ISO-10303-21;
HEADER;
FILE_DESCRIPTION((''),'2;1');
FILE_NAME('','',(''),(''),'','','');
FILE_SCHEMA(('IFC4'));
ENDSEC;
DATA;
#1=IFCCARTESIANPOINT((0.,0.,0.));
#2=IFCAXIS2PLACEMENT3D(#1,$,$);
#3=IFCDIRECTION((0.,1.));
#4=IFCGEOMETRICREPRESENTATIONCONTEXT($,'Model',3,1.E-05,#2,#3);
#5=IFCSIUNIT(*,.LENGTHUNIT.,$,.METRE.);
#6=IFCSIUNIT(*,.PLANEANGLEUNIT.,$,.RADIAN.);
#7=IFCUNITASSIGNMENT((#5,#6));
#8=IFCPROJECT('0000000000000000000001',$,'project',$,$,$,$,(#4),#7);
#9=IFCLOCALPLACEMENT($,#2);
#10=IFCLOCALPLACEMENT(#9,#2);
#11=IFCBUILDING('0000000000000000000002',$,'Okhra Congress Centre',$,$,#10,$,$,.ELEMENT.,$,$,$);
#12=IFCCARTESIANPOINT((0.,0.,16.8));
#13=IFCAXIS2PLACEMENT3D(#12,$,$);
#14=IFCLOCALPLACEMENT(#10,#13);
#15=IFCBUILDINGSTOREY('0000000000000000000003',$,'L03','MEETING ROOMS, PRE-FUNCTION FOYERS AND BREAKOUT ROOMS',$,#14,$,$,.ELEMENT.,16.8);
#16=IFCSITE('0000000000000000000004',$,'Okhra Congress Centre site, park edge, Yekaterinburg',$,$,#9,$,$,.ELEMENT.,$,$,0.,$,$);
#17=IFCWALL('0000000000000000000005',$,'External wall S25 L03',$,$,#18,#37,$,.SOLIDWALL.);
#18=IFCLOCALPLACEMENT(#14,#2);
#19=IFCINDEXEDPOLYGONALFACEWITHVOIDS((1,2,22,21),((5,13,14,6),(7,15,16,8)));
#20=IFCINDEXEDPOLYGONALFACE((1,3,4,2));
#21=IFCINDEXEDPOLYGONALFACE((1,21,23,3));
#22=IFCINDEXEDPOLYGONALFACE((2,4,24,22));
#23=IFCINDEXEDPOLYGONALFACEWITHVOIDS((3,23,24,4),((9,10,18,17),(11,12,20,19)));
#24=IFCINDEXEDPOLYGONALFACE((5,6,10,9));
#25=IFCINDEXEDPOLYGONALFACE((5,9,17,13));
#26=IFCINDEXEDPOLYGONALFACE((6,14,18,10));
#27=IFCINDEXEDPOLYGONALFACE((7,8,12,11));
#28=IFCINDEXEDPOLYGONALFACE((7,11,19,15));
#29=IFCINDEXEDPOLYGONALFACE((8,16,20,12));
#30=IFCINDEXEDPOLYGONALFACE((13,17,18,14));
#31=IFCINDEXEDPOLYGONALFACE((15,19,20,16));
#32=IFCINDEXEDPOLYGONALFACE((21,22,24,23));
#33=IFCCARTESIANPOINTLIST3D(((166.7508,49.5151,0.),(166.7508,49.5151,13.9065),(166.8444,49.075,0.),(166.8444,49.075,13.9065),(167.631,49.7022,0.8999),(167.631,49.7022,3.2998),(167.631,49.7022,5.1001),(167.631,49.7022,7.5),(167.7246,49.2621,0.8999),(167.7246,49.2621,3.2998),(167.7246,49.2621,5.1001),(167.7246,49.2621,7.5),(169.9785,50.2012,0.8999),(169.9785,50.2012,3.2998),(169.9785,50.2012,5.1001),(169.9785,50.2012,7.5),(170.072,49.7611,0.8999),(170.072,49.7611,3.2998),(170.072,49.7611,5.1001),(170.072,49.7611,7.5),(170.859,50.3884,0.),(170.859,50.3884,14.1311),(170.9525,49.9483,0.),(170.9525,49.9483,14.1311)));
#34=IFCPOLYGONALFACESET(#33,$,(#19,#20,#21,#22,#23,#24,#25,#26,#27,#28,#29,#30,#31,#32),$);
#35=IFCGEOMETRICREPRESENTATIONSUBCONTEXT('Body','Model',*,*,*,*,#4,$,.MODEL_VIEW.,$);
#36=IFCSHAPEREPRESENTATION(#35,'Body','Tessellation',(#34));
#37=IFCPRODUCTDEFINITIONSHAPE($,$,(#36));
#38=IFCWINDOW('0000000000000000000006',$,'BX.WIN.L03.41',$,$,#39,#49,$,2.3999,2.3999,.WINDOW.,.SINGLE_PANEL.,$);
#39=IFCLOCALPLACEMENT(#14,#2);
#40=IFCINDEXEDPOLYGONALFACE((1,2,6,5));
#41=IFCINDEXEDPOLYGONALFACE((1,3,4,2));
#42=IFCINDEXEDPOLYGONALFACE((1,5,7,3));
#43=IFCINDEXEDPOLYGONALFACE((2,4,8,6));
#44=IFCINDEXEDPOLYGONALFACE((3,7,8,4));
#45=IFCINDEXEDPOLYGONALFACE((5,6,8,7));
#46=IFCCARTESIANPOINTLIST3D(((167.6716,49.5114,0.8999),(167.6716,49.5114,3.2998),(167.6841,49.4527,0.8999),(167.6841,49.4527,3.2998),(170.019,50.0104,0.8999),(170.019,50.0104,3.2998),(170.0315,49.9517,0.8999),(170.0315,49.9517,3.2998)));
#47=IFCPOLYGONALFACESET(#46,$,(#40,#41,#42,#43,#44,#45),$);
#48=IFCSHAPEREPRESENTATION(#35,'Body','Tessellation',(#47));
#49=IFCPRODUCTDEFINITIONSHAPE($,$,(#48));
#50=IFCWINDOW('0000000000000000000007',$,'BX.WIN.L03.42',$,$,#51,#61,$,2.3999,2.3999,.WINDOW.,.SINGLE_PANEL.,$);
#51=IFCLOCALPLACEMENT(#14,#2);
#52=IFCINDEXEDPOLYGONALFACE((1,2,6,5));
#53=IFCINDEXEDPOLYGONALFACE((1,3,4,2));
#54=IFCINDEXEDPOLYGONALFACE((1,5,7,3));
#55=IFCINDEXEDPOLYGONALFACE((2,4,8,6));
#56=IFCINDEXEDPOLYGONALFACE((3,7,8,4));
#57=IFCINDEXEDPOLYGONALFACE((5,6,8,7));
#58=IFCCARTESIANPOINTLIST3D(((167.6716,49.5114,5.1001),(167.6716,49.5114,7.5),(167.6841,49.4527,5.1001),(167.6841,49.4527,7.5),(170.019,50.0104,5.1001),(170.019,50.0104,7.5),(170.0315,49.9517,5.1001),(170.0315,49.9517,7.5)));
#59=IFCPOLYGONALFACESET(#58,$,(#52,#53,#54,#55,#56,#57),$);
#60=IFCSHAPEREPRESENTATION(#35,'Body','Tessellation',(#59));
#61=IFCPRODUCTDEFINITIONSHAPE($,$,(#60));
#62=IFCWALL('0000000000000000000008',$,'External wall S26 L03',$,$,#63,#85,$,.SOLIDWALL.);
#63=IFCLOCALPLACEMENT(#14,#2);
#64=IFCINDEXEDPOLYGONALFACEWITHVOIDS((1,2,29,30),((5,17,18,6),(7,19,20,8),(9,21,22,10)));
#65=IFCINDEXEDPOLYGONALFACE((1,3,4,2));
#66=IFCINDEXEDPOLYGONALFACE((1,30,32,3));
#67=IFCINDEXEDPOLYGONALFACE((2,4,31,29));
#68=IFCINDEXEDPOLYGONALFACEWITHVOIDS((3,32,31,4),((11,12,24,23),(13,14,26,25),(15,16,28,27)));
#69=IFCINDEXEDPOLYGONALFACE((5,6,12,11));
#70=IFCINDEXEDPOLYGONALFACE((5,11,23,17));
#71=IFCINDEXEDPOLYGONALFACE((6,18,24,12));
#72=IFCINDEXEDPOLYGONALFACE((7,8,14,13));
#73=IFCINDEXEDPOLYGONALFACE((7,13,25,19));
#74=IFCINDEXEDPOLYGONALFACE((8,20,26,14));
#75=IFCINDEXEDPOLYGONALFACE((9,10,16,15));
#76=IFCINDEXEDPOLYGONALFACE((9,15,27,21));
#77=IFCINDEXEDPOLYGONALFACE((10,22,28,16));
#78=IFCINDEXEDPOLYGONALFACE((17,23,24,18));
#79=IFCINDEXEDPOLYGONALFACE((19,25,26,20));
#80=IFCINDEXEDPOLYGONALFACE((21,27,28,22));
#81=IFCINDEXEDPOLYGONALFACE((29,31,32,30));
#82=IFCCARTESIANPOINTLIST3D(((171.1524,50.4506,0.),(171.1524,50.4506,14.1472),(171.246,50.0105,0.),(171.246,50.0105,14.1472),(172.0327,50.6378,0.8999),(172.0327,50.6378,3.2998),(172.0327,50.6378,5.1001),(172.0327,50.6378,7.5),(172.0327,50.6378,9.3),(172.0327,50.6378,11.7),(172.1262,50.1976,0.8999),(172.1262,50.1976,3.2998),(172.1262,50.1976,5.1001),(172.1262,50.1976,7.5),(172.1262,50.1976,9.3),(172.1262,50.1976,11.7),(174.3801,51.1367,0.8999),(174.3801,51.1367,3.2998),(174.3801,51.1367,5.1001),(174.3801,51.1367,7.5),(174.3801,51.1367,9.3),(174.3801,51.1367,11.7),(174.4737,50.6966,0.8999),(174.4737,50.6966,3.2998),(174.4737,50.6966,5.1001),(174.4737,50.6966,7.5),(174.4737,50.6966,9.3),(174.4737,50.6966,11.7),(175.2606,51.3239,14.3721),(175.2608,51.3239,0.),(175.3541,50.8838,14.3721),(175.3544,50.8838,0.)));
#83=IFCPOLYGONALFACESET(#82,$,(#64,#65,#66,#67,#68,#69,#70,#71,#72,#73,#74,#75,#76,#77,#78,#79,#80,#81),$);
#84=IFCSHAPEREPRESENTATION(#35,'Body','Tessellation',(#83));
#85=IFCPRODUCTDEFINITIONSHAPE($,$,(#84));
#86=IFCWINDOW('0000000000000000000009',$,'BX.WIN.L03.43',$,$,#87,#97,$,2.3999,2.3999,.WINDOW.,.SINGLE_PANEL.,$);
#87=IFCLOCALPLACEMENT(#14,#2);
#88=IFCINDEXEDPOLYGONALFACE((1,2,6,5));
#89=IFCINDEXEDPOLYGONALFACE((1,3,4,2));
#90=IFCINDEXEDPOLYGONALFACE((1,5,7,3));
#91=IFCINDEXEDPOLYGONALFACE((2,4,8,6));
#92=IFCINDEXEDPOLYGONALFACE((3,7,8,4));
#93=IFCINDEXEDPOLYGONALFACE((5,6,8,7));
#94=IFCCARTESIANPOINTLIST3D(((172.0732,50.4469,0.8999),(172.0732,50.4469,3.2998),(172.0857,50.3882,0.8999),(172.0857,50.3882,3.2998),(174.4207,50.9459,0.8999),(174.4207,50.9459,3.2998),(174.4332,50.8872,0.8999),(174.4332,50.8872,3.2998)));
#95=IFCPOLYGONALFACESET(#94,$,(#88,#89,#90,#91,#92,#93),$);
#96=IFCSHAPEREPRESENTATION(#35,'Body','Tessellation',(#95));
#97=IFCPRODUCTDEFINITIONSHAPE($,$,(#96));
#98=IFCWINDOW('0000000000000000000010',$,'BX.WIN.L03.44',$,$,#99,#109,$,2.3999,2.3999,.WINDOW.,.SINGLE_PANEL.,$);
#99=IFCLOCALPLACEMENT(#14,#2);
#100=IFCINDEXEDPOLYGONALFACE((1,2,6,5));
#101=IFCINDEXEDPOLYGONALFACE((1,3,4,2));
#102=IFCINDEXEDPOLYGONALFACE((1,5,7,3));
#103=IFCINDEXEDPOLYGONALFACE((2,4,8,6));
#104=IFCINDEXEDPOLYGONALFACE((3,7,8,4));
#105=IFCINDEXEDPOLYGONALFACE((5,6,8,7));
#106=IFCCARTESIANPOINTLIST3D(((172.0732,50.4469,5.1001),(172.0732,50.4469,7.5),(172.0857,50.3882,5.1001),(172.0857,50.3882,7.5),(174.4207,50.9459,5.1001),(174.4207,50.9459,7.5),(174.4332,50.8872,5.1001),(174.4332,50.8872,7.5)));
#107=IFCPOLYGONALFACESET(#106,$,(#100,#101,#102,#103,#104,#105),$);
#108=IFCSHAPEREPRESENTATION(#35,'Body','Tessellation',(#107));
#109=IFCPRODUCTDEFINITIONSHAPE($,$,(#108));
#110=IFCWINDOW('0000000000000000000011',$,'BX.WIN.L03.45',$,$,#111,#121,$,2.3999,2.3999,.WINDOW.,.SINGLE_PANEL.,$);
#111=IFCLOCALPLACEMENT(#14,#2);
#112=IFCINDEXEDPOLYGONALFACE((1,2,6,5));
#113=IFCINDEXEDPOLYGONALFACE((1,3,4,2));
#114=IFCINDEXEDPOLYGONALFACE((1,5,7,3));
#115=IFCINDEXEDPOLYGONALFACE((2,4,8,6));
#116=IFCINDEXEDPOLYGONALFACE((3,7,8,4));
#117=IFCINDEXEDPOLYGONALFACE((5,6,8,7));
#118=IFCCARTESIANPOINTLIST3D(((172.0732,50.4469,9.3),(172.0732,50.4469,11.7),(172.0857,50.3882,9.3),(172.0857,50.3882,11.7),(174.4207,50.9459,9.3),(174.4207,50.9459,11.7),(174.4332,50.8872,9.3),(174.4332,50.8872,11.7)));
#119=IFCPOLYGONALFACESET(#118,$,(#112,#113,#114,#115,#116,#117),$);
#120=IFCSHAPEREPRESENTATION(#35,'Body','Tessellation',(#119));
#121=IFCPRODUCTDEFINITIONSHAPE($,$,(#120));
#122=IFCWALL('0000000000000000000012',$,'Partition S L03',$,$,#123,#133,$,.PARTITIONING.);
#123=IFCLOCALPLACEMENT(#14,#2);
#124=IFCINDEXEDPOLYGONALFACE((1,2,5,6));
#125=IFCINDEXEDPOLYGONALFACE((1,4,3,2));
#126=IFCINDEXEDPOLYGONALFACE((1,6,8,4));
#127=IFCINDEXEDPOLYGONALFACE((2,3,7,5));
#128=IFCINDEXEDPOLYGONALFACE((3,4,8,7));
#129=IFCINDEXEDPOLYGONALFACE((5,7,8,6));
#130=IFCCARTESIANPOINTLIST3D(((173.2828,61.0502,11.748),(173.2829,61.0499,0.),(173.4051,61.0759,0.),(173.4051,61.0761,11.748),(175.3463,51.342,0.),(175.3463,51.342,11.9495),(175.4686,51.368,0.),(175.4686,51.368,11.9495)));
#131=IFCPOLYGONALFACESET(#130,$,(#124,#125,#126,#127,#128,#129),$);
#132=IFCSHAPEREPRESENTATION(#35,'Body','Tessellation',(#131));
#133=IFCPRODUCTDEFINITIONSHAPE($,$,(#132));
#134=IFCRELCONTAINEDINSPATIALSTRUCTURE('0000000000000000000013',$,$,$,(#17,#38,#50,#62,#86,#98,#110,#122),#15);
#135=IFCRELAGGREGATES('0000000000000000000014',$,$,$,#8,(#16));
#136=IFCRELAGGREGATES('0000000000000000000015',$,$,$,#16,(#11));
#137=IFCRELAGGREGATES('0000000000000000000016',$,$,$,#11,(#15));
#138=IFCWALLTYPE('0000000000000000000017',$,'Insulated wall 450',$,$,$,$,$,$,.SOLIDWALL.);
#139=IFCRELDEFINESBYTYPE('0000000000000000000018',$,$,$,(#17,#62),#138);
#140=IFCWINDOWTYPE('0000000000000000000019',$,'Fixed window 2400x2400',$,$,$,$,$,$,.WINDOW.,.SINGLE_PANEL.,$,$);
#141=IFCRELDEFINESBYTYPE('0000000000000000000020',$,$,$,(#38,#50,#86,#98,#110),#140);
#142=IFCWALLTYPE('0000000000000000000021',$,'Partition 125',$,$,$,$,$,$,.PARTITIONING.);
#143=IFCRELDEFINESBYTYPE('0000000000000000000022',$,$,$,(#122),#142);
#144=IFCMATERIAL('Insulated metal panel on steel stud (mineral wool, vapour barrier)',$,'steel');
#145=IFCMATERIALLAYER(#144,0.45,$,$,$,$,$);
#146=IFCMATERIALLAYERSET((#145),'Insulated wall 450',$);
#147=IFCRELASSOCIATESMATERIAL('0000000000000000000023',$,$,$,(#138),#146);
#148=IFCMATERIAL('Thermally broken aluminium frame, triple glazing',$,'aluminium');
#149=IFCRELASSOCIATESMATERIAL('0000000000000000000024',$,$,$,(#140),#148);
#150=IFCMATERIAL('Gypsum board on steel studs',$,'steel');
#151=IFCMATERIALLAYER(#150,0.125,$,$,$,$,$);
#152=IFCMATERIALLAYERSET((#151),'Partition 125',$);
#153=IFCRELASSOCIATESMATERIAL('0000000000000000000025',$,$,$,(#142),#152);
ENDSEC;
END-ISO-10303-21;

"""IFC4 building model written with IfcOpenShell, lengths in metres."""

from ifc_helpers import new_model, si_unit, direction, frame, frame_2d, origin, place, context, subcontext, project, spatial, polyline, rectangle, outline, extrude, material, layer, layer_set, type_object, element, fill, save


model = new_model("IFC4")

# Units and contexts
model_context = context("Model", 3, precision=1e-05, world=origin(), true_north=direction((0.0, 1.0)))
body_context = subcontext(model_context, "Body", "Model", "MODEL_VIEW")
ifc_project = project(units=[si_unit("LENGTHUNIT", "METRE"), si_unit("PLANEANGLEUNIT", "RADIAN")], contexts=[model_context])

# Site, building, storey
site_placement = place(None, origin())
site = spatial("IfcSite", under=ifc_project, at=site_placement, Name="Okhra Congress Centre site, park edge, Yekaterinburg", CompositionType="ELEMENT", RefElevation=0.0)
building_placement = place(site_placement, origin())
building = spatial("IfcBuilding", under=site, at=building_placement, Name="Okhra Congress Centre", CompositionType="ELEMENT")
storey_placement = place(building_placement, frame((0.0, 0.0, 16.8)))
storey = spatial("IfcBuildingStorey", under=building, at=storey_placement, Name="L03", Description="MEETING ROOMS, PRE-FUNCTION FOYERS AND BREAKOUT ROOMS", CompositionType="ELEMENT", Elevation=16.8)

# Walls, openings, windows
ifc_material_1 = material(Name="Insulated metal panel on steel stud (mineral wool, vapour barrier)", Category="steel")
ifc_layer_1 = layer(ifc_material_1, 0.45)
ifc_layer_set_1 = layer_set([ifc_layer_1], Name="Insulated wall 450")
wall_type_1 = type_object("IfcWallType", Name="Insulated wall 450", PredefinedType="SOLIDWALL", material=ifc_layer_set_1)
wall_1_placement = place(storey_placement, frame((166.7976, 49.2949, 0.0), z_axis=(0.0, 0.0, 1.0), x_axis=(0.978144, 0.207929, 0.0)))
wall_1 = element("IfcWall", 1, at=wall_1_placement, inside=storey, type_object=wall_type_1, Name="External wall S25 L03", PredefinedType="SOLIDWALL", context=body_context, shape_type="SweptSolid", body=[
    extrude(outline(polyline([(0.0, 0.0), (4.2, 0.0), (4.2, 14.1311), (0.0, 13.9065), (0.0, 0.0)])), frame((0.0, 0.2251, 0.0), z_axis=(0.0, -1.0, 0.0), x_axis=(1.0, 0.0, 0.0)), (0.0, 0.0, 1.0), 0.45),
])
opening_1_placement = place(wall_1_placement, frame((0.8999, 0.0, 0.8999)))
opening_1 = element("IfcOpeningElement", 2, at=opening_1_placement, cuts=wall_1, PredefinedType="OPENING", context=body_context, shape_type="SweptSolid", body=[
    extrude(rectangle(XDim=2.3999, YDim=2.3999, at=frame_2d((1.2, 1.2))), frame((0.0, 0.2349, 0.0), z_axis=(0.0, -1.0, 0.0), x_axis=(1.0, 0.0, 0.0)), (0.0, 0.0, 1.0), 0.47),
])
opening_2_placement = place(wall_1_placement, frame((0.8999, 0.0, 5.1001)))
opening_2 = element("IfcOpeningElement", 3, at=opening_2_placement, cuts=wall_1, PredefinedType="OPENING", context=body_context, shape_type="SweptSolid", body=[
    extrude(rectangle(XDim=2.3999, YDim=2.3999, at=frame_2d((1.2, 1.2))), frame((0.0, 0.2349, 0.0), z_axis=(0.0, -1.0, 0.0), x_axis=(1.0, 0.0, 0.0)), (0.0, 0.0, 1.0), 0.47),
])
ifc_material_2 = material(Name="Thermally broken aluminium frame, triple glazing", Category="aluminium")
window_type = type_object("IfcWindowType", Name="Fixed window 2400x2400", PartitioningType="SINGLE_PANEL", PredefinedType="WINDOW", material=ifc_material_2)
window_1_placement = place(opening_1_placement, origin())
window_1 = element("IfcWindow", 4, at=window_1_placement, inside=storey, type_object=window_type, Name="BX.WIN.L03.41", OverallHeight=2.3999, OverallWidth=2.3999, PartitioningType="SINGLE_PANEL", PredefinedType="WINDOW", context=body_context, shape_type="SweptSolid", body=[
    extrude(rectangle(XDim=2.3999, YDim=2.3999, at=frame_2d((1.2, 1.2))), frame((0.0, 0.03, 0.0), z_axis=(0.0, -1.0, 0.0), x_axis=(1.0, 0.0, 0.0)), (0.0, 0.0, 1.0), 0.0601),
])
fill(opening_1, window_1)
window_2_placement = place(opening_2_placement, origin())
window_2 = element("IfcWindow", 5, at=window_2_placement, inside=storey, type_object=window_type, Name="BX.WIN.L03.42", OverallHeight=2.3999, OverallWidth=2.3999, PartitioningType="SINGLE_PANEL", PredefinedType="WINDOW", context=body_context, shape_type="SweptSolid", body=[
    extrude(rectangle(XDim=2.3999, YDim=2.3999, at=frame_2d((1.2, 1.2))), frame((0.0, 0.03, 0.0), z_axis=(0.0, -1.0, 0.0), x_axis=(1.0, 0.0, 0.0)), (0.0, 0.0, 1.0), 0.0601),
])
fill(opening_2, window_2)
wall_2_placement = place(storey_placement, frame((171.1992, 50.2305, 0.0), z_axis=(0.0, 0.0, 1.0), x_axis=(0.978146, 0.207917, 0.0)))
wall_2 = element("IfcWall", 6, at=wall_2_placement, inside=storey, type_object=wall_type_1, Name="External wall S26 L03", PredefinedType="SOLIDWALL", context=body_context, shape_type="SweptSolid", body=[
    extrude(outline(polyline([(0.0, 0.0), (4.2002, 0.0), (4.2, 14.3721), (0.0, 14.1472), (0.0, 0.0)])), frame((0.0, 0.2251, 0.0), z_axis=(0.0, -1.0, 0.0), x_axis=(1.0, 0.0, 0.0)), (0.0, 0.0, 1.0), 0.45),
])
opening_3_placement = place(wall_2_placement, frame((0.8999, 0.0, 0.8999)))
opening_3 = element("IfcOpeningElement", 7, at=opening_3_placement, cuts=wall_2, PredefinedType="OPENING", context=body_context, shape_type="SweptSolid", body=[
    extrude(rectangle(XDim=2.3999, YDim=2.3999, at=frame_2d((1.2, 1.2))), frame((0.0, 0.2349, 0.0), z_axis=(0.0, -1.0, 0.0), x_axis=(1.0, 0.0, 0.0)), (0.0, 0.0, 1.0), 0.47),
])
opening_4_placement = place(wall_2_placement, frame((0.8999, 0.0, 5.1001)))
opening_4 = element("IfcOpeningElement", 8, at=opening_4_placement, cuts=wall_2, PredefinedType="OPENING", context=body_context, shape_type="SweptSolid", body=[
    extrude(rectangle(XDim=2.3999, YDim=2.3999, at=frame_2d((1.2, 1.2))), frame((0.0, 0.2349, 0.0), z_axis=(0.0, -1.0, 0.0), x_axis=(1.0, 0.0, 0.0)), (0.0, 0.0, 1.0), 0.47),
])
opening_5_placement = place(wall_2_placement, frame((0.8999, 0.0, 9.3)))
opening_5 = element("IfcOpeningElement", 9, at=opening_5_placement, cuts=wall_2, PredefinedType="OPENING", context=body_context, shape_type="SweptSolid", body=[
    extrude(rectangle(XDim=2.3999, YDim=2.3999, at=frame_2d((1.2, 1.2))), frame((0.0, 0.2349, 0.0), z_axis=(0.0, -1.0, 0.0), x_axis=(1.0, 0.0, 0.0)), (0.0, 0.0, 1.0), 0.47),
])
window_3_placement = place(opening_3_placement, origin())
window_3 = element("IfcWindow", 10, at=window_3_placement, inside=storey, type_object=window_type, Name="BX.WIN.L03.43", OverallHeight=2.3999, OverallWidth=2.3999, PartitioningType="SINGLE_PANEL", PredefinedType="WINDOW", context=body_context, shape_type="SweptSolid", body=[
    extrude(rectangle(XDim=2.3999, YDim=2.3999, at=frame_2d((1.2, 1.2))), frame((0.0, 0.03, 0.0), z_axis=(0.0, -1.0, 0.0), x_axis=(1.0, 0.0, 0.0)), (0.0, 0.0, 1.0), 0.0601),
])
fill(opening_3, window_3)
window_4_placement = place(opening_4_placement, origin())
window_4 = element("IfcWindow", 11, at=window_4_placement, inside=storey, type_object=window_type, Name="BX.WIN.L03.44", OverallHeight=2.3999, OverallWidth=2.3999, PartitioningType="SINGLE_PANEL", PredefinedType="WINDOW", context=body_context, shape_type="SweptSolid", body=[
    extrude(rectangle(XDim=2.3999, YDim=2.3999, at=frame_2d((1.2, 1.2))), frame((0.0, 0.03, 0.0), z_axis=(0.0, -1.0, 0.0), x_axis=(1.0, 0.0, 0.0)), (0.0, 0.0, 1.0), 0.0601),
])
fill(opening_4, window_4)
window_5_placement = place(opening_5_placement, origin())
window_5 = element("IfcWindow", 12, at=window_5_placement, inside=storey, type_object=window_type, Name="BX.WIN.L03.45", OverallHeight=2.3999, OverallWidth=2.3999, PartitioningType="SINGLE_PANEL", PredefinedType="WINDOW", context=body_context, shape_type="SweptSolid", body=[
    extrude(rectangle(XDim=2.3999, YDim=2.3999, at=frame_2d((1.2, 1.2))), frame((0.0, 0.03, 0.0), z_axis=(0.0, -1.0, 0.0), x_axis=(1.0, 0.0, 0.0)), (0.0, 0.0, 1.0), 0.0601),
])
fill(opening_5, window_5)

# Wall
ifc_material_3 = material(Name="Gypsum board on steel studs", Category="steel")
ifc_layer_2 = layer(ifc_material_3, 0.125)
ifc_layer_set_2 = layer_set([ifc_layer_2], Name="Partition 125")
wall_type_2 = type_object("IfcWallType", Name="Partition 125", PredefinedType="PARTITIONING", material=ifc_layer_set_2)
wall_3_placement = place(storey_placement, frame((175.4075, 51.355, 0.0), z_axis=(0.0, 0.0, 1.0), x_axis=(-0.207909, 0.978148, 0.0)))
element("IfcWall", 13, at=wall_3_placement, inside=storey, type_object=wall_type_2, Name="Partition S L03", PredefinedType="PARTITIONING", context=body_context, shape_type="SweptSolid", body=[
    extrude(outline(polyline([(0.0, 0.0), (9.9248, 0.0), (9.925, 11.748), (0.0, 11.9495), (0.0, 0.0)])), frame((0.0, 0.0625, 0.0), z_axis=(0.0, -1.0, 0.0), x_axis=(1.0, 0.0, 0.0)), (0.0, 0.0, 1.0), 0.125),
])

save(model, "model.ifc")
